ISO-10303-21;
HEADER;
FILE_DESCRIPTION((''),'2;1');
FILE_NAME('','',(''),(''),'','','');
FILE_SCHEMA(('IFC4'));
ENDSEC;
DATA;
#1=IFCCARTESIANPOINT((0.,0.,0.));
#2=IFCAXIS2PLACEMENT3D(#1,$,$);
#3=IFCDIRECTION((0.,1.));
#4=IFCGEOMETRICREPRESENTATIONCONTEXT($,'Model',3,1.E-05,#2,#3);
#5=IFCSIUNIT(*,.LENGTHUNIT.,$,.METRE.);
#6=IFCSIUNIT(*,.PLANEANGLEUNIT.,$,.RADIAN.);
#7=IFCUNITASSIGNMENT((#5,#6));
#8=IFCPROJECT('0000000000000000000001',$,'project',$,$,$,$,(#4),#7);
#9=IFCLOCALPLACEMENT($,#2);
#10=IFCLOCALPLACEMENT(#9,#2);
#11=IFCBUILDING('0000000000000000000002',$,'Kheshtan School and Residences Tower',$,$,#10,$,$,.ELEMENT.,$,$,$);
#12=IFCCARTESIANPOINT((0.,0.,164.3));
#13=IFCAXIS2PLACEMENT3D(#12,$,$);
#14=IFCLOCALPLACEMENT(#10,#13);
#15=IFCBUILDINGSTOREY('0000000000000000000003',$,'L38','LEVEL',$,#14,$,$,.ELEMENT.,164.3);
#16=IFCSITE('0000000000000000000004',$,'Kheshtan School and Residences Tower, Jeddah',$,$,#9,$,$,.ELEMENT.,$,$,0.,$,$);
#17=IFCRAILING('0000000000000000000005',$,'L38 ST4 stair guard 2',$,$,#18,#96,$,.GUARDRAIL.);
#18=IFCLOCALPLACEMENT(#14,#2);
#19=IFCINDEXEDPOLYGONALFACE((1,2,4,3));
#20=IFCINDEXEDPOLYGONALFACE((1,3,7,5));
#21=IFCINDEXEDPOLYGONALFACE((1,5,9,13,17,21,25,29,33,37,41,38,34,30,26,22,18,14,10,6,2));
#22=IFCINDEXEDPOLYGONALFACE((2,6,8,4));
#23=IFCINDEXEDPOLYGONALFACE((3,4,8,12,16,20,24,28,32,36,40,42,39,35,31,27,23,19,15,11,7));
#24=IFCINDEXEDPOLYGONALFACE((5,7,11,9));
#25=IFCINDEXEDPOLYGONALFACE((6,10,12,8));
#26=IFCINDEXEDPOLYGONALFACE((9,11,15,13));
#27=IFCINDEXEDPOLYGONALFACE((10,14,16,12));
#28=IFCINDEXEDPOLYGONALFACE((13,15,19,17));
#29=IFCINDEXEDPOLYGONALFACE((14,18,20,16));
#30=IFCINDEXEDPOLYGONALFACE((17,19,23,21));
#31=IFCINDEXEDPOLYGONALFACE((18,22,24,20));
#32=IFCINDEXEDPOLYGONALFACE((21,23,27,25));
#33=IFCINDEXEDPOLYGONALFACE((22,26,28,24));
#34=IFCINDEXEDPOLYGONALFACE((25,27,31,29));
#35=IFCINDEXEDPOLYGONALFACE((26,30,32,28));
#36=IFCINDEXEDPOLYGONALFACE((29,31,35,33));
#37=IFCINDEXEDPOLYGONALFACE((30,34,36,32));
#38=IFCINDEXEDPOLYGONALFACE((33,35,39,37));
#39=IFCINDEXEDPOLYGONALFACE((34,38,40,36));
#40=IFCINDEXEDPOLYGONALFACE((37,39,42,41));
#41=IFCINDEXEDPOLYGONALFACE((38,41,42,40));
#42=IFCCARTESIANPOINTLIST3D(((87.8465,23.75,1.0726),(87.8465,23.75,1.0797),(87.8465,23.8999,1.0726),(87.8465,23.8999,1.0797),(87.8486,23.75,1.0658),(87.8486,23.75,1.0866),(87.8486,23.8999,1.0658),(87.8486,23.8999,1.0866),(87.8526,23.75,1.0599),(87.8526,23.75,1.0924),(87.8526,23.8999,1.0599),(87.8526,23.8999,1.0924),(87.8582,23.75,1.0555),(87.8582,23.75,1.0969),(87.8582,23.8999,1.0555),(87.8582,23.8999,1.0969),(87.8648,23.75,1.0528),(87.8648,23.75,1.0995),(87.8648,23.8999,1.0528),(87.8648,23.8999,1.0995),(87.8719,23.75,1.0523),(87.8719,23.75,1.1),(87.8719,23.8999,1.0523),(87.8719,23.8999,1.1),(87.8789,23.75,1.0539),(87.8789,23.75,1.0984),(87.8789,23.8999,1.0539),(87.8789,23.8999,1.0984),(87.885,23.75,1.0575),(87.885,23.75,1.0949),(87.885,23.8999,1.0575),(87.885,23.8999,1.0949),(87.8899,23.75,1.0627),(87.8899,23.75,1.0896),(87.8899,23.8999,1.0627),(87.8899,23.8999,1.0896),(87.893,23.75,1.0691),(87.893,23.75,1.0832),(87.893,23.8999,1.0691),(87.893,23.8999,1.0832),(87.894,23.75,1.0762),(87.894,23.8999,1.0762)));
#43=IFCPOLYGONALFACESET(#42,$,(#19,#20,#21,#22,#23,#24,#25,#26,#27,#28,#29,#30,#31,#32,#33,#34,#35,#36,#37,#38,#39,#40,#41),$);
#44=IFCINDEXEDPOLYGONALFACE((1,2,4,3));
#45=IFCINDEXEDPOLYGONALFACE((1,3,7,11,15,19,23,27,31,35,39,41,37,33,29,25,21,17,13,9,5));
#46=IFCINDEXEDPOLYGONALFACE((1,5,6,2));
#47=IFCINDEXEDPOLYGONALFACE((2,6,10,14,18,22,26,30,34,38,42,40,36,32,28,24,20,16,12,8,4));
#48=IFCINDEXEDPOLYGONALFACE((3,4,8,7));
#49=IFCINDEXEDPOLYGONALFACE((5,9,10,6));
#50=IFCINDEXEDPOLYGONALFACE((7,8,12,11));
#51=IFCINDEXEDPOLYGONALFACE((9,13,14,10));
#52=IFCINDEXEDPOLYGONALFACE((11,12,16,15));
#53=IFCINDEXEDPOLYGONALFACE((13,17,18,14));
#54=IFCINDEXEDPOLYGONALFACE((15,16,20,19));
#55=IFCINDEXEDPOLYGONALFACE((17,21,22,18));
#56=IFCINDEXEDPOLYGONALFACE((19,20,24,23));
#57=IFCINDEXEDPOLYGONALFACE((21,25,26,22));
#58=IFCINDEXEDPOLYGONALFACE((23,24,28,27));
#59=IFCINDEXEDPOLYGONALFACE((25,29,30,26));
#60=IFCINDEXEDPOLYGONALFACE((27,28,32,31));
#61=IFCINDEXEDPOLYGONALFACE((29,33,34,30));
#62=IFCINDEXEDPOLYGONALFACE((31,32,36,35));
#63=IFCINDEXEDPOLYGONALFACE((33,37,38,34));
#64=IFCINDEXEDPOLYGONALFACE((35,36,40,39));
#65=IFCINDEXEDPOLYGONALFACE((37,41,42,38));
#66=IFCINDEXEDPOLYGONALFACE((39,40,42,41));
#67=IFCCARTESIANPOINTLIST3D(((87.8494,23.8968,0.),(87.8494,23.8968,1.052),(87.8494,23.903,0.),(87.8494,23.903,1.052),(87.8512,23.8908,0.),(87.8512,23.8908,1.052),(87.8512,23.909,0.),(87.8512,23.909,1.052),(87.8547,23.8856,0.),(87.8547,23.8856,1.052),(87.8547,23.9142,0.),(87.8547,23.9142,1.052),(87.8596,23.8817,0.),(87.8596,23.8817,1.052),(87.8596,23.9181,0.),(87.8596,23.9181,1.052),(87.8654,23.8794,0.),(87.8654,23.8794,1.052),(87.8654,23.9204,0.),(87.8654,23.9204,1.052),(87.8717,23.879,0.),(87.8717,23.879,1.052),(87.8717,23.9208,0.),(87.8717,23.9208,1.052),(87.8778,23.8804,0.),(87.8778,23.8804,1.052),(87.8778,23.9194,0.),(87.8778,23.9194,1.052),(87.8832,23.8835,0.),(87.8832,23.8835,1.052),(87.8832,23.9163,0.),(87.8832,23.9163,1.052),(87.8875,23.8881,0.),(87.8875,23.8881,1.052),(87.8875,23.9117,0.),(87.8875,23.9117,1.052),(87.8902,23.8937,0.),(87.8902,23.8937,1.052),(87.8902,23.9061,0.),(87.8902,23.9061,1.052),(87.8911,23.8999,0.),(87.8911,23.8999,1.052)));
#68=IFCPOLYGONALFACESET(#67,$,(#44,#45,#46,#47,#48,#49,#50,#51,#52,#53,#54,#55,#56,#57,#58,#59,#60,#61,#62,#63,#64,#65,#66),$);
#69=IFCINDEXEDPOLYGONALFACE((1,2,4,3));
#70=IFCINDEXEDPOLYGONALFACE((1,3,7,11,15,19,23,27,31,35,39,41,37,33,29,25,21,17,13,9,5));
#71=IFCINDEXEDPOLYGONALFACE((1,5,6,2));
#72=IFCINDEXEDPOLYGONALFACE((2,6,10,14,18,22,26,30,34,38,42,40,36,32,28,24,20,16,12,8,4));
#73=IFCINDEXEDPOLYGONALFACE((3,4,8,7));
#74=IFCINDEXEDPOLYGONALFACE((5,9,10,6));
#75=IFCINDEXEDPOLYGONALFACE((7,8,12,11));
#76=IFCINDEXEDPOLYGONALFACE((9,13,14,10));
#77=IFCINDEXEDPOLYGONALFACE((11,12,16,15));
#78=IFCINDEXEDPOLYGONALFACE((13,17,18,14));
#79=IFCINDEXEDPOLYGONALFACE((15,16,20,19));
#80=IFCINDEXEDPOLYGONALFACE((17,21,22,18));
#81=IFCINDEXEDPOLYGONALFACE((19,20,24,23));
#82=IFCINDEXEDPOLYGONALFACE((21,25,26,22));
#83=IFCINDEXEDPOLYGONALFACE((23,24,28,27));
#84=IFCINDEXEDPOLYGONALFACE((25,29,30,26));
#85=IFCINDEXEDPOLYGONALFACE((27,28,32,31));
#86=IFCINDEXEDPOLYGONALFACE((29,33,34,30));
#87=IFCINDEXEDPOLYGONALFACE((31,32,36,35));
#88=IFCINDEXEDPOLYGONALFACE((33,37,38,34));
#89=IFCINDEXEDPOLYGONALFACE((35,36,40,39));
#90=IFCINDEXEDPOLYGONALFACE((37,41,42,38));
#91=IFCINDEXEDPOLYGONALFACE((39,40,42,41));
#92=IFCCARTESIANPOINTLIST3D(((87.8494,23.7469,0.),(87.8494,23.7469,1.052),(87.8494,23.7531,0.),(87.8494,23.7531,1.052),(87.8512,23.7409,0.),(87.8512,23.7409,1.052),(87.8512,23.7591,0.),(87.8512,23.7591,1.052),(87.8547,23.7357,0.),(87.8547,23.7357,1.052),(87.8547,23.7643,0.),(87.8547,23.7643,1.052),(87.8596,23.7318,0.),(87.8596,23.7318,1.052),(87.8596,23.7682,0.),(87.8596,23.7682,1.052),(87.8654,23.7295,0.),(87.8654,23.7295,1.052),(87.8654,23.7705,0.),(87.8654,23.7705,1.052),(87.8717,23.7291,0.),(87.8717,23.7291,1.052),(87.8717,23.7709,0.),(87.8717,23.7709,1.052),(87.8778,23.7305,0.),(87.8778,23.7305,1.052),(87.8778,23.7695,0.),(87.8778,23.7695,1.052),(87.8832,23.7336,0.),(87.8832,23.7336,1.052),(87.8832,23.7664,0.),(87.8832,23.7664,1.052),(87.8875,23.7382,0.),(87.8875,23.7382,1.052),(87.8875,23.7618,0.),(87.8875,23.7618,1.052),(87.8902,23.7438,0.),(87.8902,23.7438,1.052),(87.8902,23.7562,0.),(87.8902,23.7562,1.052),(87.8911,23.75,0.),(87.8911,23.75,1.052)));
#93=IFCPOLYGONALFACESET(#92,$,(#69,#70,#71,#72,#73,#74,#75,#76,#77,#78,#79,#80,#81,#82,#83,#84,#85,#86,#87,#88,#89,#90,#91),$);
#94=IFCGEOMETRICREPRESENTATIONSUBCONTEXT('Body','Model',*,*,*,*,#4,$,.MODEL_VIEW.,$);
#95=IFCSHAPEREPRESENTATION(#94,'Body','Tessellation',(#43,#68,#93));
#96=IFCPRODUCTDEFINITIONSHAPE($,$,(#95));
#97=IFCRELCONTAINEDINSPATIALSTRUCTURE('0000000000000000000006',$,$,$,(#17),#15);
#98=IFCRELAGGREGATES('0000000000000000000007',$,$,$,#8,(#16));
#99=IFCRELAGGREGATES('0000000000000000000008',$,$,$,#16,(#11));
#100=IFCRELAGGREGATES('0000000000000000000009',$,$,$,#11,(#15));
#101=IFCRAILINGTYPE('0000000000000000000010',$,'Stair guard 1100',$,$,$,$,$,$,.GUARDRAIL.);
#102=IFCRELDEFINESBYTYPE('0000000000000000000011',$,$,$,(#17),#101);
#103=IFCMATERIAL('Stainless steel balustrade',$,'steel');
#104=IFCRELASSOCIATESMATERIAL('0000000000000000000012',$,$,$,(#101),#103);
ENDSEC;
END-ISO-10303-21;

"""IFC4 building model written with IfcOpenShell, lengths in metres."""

from ifc_helpers import new_model, si_unit, direction, frame, origin, origin_2d, place, context, subcontext, project, spatial, circle, extrude, material, type_object, element, save


model = new_model("IFC4")

# Units and contexts
model_context = context("Model", 3, precision=1e-05, world=origin(), true_north=direction((0.0, 1.0)))
body_context = subcontext(model_context, "Body", "Model", "MODEL_VIEW")
ifc_project = project(units=[si_unit("LENGTHUNIT", "METRE"), si_unit("PLANEANGLEUNIT", "RADIAN")], contexts=[model_context])

# Site, building, storey
site_placement = place(None, origin())
site = spatial("IfcSite", under=ifc_project, at=site_placement, Name="Kheshtan School and Residences Tower, Jeddah", CompositionType="ELEMENT", RefElevation=0.0)
building_placement = place(site_placement, origin())
building = spatial("IfcBuilding", under=site, at=building_placement, Name="Kheshtan School and Residences Tower", CompositionType="ELEMENT")
storey_placement = place(building_placement, frame((0.0, 0.0, 164.3)))
storey = spatial("IfcBuildingStorey", under=building, at=storey_placement, Name="L38", Description="LEVEL", CompositionType="ELEMENT", Elevation=164.3)

# Railing
ifc_material_1 = material(Name="Stainless steel balustrade", Category="steel")
railing_type_1 = type_object("IfcRailingType", Name="Stair guard 1100", PredefinedType="GUARDRAIL", material=ifc_material_1)
railing_1_placement = place(storey_placement, frame((87.8701, 23.8999, 0.0)))
element("IfcRailing", 1, at=railing_1_placement, inside=storey, type_object=railing_type_1, Name="L38 ST4 stair guard 2", PredefinedType="GUARDRAIL", context=body_context, shape_type="SweptSolid", body=[
    extrude(circle(Radius=0.0239, at=origin_2d()), frame((0.0, 0.0, 1.0762), z_axis=(0.0, -1.0, 0.0), x_axis=(1.0, 0.0, 0.0)), (0.0, 0.0, 1.0), 0.1499),
    extrude(circle(Radius=0.021, at=origin_2d()), origin(), (0.0, 0.0, 1.0), 1.052),
    extrude(circle(Radius=0.021, at=origin_2d()), frame((0.0, -0.1499, 0.0)), (0.0, 0.0, 1.0), 1.052),
])

save(model, "model.ifc")
